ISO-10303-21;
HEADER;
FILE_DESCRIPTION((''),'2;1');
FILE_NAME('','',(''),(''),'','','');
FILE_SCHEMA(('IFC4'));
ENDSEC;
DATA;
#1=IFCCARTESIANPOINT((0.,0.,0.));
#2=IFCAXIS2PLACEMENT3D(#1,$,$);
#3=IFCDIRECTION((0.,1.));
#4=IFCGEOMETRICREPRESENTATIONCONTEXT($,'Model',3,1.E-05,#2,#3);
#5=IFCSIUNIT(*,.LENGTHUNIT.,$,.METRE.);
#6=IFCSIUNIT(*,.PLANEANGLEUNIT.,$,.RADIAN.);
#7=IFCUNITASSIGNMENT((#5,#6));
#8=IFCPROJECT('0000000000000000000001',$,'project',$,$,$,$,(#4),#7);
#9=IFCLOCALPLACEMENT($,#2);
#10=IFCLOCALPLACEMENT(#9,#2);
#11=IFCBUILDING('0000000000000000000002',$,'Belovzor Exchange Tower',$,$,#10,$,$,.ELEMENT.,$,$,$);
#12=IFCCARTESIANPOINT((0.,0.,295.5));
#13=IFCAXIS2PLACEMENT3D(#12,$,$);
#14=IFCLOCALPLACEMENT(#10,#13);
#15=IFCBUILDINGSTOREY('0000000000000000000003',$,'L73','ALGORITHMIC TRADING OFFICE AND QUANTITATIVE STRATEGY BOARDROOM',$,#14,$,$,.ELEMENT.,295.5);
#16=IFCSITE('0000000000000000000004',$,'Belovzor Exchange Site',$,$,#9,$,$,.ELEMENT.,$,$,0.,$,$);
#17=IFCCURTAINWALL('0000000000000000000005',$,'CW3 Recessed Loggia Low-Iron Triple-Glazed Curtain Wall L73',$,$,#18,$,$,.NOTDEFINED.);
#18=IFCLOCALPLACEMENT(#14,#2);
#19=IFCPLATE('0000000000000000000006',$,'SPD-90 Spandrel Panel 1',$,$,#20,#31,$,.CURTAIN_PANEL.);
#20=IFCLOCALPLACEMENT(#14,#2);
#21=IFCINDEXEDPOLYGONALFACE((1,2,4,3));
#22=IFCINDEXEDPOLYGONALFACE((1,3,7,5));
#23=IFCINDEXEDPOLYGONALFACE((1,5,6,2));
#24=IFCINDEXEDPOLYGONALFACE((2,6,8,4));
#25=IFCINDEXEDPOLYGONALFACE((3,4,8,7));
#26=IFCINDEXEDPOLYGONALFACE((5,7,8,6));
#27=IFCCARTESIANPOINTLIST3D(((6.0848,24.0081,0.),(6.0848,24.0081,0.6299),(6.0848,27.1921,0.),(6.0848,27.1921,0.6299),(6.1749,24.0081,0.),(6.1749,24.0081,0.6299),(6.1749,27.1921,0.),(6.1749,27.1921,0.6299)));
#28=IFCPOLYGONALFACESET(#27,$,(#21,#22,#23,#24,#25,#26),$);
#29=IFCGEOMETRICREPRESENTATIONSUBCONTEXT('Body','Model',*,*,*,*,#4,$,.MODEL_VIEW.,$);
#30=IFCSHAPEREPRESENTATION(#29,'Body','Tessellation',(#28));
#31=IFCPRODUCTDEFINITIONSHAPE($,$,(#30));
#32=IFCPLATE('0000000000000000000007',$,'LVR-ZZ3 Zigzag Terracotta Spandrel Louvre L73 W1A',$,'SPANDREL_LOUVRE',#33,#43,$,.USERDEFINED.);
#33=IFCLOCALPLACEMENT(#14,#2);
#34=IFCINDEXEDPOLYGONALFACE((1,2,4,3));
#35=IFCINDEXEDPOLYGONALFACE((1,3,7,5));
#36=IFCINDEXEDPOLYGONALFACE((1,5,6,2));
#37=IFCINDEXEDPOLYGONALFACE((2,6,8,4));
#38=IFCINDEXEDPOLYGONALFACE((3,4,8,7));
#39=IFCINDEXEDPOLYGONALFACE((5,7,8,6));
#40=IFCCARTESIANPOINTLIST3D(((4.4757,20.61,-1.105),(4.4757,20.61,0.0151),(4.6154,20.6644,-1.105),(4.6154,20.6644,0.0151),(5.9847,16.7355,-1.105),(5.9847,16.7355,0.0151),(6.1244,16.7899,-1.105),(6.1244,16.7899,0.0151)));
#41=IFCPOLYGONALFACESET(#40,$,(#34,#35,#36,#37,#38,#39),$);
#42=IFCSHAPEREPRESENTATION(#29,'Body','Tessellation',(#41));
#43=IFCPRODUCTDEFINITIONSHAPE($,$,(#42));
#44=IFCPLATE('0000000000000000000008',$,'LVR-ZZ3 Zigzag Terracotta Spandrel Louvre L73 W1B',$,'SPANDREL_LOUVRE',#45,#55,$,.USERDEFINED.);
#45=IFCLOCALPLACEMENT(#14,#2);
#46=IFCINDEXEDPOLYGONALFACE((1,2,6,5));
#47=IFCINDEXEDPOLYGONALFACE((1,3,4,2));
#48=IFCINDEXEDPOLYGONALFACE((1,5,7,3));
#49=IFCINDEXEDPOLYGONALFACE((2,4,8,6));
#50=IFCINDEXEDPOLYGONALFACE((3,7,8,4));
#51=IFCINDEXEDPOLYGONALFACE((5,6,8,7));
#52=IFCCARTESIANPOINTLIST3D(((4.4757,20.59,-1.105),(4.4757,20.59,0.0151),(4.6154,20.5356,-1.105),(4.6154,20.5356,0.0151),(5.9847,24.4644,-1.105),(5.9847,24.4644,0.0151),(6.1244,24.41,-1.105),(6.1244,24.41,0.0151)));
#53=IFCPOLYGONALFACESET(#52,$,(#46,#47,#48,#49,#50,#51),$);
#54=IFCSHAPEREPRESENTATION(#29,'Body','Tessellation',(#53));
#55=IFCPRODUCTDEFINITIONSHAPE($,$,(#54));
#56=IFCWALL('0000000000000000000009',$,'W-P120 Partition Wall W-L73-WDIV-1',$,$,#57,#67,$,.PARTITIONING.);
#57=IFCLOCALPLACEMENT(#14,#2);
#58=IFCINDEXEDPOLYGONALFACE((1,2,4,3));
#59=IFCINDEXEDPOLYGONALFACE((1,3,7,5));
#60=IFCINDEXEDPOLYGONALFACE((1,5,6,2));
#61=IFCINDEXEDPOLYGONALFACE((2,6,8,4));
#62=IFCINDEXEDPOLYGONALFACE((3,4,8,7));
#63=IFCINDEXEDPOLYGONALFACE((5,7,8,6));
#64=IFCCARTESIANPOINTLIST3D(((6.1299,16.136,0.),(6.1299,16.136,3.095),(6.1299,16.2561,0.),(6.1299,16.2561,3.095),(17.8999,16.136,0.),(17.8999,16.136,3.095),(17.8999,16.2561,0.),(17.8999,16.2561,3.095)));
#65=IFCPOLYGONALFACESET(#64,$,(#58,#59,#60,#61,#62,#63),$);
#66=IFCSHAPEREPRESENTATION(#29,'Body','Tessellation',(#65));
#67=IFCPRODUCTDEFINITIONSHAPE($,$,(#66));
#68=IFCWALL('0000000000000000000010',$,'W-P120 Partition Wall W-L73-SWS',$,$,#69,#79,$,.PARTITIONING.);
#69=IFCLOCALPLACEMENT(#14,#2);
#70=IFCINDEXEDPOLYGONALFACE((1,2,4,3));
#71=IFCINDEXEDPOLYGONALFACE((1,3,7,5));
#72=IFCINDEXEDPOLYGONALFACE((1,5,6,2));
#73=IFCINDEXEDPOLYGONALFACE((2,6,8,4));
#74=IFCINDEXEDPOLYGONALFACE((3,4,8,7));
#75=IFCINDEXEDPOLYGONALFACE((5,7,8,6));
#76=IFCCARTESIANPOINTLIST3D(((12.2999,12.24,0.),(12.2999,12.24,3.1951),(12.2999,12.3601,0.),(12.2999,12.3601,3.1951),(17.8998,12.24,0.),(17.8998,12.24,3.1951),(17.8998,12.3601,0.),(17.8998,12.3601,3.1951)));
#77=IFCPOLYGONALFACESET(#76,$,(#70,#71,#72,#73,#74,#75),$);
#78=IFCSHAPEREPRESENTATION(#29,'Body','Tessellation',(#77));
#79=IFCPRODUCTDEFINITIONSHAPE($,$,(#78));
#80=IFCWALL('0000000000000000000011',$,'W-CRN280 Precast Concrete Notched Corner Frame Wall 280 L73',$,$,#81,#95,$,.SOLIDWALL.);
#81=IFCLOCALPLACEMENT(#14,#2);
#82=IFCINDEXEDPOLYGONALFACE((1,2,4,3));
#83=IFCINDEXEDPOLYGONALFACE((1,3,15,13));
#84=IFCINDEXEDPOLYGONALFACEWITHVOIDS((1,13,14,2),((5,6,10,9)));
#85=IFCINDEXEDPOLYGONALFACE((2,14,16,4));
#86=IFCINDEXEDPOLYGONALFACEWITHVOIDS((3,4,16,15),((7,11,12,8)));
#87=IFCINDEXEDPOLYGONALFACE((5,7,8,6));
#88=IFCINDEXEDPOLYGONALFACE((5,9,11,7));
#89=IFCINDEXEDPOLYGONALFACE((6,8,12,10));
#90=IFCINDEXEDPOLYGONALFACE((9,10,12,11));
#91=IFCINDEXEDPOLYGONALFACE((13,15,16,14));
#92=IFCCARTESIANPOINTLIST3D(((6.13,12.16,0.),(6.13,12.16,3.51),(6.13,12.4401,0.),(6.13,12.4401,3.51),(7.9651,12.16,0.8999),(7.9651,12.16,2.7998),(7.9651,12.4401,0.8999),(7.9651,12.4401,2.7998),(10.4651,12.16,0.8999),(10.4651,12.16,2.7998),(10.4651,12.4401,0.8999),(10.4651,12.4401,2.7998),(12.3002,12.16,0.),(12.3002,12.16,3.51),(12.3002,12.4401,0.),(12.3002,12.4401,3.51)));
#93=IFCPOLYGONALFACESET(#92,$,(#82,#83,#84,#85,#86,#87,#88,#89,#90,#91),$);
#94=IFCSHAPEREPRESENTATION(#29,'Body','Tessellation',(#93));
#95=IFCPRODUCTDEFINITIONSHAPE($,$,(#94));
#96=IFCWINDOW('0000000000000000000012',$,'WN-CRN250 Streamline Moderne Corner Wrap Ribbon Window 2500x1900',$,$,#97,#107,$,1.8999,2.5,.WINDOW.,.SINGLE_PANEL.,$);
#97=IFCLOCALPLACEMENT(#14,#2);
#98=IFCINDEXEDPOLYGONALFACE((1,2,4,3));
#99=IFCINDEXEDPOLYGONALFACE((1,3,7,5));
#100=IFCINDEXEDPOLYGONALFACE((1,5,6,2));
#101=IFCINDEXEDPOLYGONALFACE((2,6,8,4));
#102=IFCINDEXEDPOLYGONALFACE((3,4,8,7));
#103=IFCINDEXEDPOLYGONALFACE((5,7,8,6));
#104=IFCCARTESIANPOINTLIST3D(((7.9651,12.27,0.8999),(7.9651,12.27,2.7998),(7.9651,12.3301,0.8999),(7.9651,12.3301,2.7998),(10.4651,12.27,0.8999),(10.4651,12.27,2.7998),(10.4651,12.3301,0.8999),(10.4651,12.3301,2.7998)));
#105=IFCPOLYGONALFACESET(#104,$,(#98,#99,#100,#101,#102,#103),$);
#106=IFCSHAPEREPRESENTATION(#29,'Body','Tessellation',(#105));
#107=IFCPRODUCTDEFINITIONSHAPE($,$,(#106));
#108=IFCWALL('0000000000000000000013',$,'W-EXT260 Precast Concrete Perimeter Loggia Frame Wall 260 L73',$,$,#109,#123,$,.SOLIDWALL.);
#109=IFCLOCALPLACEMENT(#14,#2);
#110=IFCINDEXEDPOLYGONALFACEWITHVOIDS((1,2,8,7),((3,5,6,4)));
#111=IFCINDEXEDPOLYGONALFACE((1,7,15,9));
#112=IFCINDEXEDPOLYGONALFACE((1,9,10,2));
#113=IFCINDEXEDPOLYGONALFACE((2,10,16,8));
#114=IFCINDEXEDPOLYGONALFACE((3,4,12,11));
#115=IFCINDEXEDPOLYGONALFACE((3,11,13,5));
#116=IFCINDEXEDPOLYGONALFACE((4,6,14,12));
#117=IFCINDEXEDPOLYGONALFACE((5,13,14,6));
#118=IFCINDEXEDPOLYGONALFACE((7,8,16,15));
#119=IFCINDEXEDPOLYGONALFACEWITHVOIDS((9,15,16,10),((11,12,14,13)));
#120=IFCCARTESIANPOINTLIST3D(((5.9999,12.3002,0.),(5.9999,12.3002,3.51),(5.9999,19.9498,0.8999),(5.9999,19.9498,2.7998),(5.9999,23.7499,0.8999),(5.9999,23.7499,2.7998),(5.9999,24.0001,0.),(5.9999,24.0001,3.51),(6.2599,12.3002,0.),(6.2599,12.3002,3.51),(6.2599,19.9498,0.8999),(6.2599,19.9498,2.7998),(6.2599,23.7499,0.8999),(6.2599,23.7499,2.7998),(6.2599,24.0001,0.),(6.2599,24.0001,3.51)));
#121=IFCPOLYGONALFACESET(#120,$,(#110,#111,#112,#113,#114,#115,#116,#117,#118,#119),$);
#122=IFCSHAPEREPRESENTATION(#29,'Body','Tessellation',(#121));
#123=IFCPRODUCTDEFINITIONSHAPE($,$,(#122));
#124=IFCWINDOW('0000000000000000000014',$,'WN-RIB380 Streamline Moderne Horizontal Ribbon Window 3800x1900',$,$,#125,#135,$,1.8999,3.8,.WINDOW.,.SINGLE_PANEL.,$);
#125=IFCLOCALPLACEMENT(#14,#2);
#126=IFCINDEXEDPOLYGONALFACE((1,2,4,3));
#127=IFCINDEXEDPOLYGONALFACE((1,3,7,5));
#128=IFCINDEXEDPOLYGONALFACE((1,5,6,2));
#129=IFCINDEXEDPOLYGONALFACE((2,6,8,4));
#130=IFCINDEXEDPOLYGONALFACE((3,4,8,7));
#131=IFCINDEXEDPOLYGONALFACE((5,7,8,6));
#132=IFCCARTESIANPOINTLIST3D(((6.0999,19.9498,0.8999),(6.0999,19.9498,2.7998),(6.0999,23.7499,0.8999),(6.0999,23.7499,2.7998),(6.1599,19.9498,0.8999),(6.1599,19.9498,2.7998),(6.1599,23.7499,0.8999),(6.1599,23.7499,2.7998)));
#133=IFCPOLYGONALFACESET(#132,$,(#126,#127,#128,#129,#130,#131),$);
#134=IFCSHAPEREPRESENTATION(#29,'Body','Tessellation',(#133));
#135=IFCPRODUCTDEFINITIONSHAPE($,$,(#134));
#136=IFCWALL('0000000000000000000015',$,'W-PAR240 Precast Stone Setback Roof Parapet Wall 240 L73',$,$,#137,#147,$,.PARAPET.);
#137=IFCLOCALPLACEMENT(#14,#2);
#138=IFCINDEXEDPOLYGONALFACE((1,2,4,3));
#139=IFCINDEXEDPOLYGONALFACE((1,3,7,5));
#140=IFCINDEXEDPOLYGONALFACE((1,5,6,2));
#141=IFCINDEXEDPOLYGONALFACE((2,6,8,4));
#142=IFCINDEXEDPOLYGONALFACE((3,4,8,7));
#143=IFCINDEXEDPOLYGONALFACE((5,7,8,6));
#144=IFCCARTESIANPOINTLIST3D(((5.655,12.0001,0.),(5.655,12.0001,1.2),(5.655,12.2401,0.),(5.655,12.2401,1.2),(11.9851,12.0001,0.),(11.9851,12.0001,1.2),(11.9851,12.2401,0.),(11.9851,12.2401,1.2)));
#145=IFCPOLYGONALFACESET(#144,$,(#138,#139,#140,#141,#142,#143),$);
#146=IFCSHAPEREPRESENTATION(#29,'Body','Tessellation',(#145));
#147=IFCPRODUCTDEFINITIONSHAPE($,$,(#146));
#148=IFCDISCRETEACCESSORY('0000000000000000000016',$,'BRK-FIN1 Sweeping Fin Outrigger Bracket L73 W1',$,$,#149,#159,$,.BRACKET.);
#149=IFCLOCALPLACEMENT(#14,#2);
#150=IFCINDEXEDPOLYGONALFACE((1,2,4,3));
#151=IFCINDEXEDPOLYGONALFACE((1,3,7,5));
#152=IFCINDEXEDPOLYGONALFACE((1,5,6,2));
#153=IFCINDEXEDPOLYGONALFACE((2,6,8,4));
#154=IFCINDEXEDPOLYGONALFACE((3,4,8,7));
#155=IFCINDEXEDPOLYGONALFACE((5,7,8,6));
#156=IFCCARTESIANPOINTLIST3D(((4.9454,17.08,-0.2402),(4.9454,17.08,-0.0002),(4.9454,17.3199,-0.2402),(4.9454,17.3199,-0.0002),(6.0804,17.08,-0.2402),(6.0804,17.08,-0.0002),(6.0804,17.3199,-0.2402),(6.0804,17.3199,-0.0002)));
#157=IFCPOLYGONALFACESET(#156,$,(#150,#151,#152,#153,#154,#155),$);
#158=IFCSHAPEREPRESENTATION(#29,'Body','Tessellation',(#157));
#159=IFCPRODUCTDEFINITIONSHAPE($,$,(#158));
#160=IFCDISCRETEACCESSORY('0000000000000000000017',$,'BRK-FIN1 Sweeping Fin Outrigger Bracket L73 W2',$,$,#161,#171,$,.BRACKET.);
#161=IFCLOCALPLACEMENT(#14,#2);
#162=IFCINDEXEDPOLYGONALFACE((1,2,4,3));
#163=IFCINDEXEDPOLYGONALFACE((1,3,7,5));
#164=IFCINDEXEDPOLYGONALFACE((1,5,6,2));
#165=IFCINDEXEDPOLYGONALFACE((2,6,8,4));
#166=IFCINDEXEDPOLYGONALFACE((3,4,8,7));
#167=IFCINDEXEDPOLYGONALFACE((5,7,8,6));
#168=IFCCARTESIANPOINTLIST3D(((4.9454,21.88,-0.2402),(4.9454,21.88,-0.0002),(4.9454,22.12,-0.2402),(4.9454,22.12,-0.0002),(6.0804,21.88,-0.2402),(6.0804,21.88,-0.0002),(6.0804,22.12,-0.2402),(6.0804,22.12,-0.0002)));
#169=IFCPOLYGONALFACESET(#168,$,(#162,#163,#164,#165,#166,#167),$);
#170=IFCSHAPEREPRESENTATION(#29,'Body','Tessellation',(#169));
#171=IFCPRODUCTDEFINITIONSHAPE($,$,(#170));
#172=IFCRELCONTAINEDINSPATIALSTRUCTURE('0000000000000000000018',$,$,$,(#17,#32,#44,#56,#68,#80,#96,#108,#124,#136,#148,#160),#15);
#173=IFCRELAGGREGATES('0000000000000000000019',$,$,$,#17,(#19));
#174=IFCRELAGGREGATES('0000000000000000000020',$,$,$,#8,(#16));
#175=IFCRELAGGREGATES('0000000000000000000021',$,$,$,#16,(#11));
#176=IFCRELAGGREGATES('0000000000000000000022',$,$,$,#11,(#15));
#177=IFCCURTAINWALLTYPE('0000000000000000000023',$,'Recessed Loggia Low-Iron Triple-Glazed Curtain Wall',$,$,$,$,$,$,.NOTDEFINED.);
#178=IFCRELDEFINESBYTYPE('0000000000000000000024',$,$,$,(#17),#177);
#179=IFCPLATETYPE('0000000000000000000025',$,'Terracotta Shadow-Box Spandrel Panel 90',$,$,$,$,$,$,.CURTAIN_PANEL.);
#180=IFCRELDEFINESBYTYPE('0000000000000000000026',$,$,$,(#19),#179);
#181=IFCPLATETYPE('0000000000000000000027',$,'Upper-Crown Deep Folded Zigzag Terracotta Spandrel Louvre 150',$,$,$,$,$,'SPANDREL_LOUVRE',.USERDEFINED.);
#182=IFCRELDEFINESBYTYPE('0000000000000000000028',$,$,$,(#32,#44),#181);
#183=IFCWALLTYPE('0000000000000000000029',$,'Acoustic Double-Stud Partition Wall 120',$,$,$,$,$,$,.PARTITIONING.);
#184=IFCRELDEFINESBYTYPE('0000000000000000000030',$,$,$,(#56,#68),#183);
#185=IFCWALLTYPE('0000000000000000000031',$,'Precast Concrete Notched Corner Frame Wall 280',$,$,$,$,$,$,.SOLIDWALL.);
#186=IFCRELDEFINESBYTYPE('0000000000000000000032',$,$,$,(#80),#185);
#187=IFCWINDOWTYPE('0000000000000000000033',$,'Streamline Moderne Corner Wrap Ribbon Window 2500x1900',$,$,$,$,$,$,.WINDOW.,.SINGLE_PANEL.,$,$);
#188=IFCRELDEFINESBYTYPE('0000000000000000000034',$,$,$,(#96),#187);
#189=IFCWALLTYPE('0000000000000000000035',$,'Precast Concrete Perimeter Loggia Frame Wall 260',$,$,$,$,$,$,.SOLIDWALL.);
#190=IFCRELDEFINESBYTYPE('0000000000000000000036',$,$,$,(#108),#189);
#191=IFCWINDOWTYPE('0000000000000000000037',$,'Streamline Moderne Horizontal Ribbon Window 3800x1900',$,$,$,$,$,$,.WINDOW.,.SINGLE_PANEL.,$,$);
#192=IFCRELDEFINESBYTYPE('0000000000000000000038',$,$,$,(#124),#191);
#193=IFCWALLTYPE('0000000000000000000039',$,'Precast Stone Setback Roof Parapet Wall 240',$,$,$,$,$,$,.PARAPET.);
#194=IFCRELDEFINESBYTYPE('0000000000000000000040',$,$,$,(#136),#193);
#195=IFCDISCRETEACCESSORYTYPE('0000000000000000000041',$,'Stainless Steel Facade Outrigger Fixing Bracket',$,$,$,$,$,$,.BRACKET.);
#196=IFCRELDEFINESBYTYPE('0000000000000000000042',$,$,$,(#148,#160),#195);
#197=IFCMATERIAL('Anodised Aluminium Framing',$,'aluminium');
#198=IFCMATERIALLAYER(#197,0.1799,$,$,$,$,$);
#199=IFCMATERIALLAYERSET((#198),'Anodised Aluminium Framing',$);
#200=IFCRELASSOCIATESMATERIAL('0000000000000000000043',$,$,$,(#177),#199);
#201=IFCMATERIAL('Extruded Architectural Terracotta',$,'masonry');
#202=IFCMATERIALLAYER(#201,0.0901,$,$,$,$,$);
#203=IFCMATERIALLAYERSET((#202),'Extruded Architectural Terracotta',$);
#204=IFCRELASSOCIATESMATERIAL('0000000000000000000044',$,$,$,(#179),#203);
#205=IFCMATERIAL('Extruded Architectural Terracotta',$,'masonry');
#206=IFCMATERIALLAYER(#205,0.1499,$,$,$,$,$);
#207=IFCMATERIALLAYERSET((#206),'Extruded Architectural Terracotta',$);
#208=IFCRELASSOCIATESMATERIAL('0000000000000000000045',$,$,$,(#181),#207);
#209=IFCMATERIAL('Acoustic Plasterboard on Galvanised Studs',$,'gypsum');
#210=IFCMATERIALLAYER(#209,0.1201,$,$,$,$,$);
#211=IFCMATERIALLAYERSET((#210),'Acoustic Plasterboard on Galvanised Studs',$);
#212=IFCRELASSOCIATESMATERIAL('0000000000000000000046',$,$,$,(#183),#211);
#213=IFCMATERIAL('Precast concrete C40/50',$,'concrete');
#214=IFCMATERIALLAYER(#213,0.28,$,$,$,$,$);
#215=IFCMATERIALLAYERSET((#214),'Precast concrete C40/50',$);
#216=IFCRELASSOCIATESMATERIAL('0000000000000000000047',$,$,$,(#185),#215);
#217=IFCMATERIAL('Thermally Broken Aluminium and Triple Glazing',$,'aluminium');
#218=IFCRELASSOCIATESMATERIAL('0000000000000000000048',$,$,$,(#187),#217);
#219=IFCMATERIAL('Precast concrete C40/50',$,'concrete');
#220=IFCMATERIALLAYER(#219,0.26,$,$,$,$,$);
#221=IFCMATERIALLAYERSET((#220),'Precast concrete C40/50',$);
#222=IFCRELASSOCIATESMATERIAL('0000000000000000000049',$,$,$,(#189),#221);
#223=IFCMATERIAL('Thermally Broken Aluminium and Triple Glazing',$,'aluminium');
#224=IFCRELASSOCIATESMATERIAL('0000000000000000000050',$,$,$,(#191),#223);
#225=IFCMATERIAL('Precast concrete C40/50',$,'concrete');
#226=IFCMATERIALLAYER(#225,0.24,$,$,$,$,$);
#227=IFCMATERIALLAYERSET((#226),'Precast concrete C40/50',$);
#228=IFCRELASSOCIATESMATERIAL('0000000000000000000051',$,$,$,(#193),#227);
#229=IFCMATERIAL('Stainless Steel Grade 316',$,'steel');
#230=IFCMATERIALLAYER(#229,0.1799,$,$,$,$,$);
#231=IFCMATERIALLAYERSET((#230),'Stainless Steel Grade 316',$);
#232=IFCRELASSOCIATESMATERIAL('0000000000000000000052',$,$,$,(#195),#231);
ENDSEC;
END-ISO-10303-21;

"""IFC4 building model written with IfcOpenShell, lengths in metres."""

from ifc_helpers import new_model, si_unit, direction, frame, frame_2d, origin, origin_2d, place, context, subcontext, project, spatial, rectangle, extrude, material, layer, layer_set, type_object, element, fill, aggregate, save


model = new_model("IFC4")

# Units and contexts
model_context = context("Model", 3, precision=1e-05, world=origin(), true_north=direction((0.0, 1.0)))
body_context = subcontext(model_context, "Body", "Model", "MODEL_VIEW")
ifc_project = project(units=[si_unit("LENGTHUNIT", "METRE"), si_unit("PLANEANGLEUNIT", "RADIAN")], contexts=[model_context])

# Site, building, storey
site_placement = place(None, origin())
site = spatial("IfcSite", under=ifc_project, at=site_placement, Name="Belovzor Exchange Site", CompositionType="ELEMENT", RefElevation=0.0)
building_placement = place(site_placement, origin())
building = spatial("IfcBuilding", under=site, at=building_placement, Name="Belovzor Exchange Tower", CompositionType="ELEMENT")
storey_placement = place(building_placement, frame((0.0, 0.0, 295.5)))
storey = spatial("IfcBuildingStorey", under=building, at=storey_placement, Name="L73", Description="ALGORITHMIC TRADING OFFICE AND QUANTITATIVE STRATEGY BOARDROOM", CompositionType="ELEMENT", Elevation=295.5)

# Curtain wall
ifc_material_1 = material(Name="Anodised Aluminium Framing", Category="aluminium")
ifc_layer_1 = layer(ifc_material_1, 0.1799)
ifc_layer_set_1 = layer_set([ifc_layer_1], Name="Anodised Aluminium Framing")
curtain_wall_type_1 = type_object("IfcCurtainWallType", Name="Recessed Loggia Low-Iron Triple-Glazed Curtain Wall", PredefinedType="NOTDEFINED", material=ifc_layer_set_1)
curtain_wall_1_placement = place(storey_placement, origin())
curtain_wall_1 = element("IfcCurtainWall", 1, at=curtain_wall_1_placement, inside=storey, type_object=curtain_wall_type_1, Name="CW3 Recessed Loggia Low-Iron Triple-Glazed Curtain Wall L73", PredefinedType="NOTDEFINED")

# Plate
ifc_material_2 = material(Name="Extruded Architectural Terracotta", Category="masonry")
ifc_layer_2 = layer(ifc_material_2, 0.0901)
ifc_layer_set_2 = layer_set([ifc_layer_2], Name="Extruded Architectural Terracotta")
plate_type_1 = type_object("IfcPlateType", Name="Terracotta Shadow-Box Spandrel Panel 90", PredefinedType="CURTAIN_PANEL", material=ifc_layer_set_2)
plate_1_placement = place(storey_placement, frame((6.1299, 25.6001, 0.0), z_axis=(0.0, 0.0, 1.0), x_axis=(0.0, 1.0, 0.0)))
plate_1 = element("IfcPlate", 2, at=plate_1_placement, type_object=plate_type_1, Name="SPD-90 Spandrel Panel 1", PredefinedType="CURTAIN_PANEL", context=body_context, shape_type="SweptSolid", body=[
    extrude(rectangle(XDim=3.1841, YDim=0.0901, at=origin_2d()), origin(), (0.0, 0.0, 1.0), 0.6299),
])
aggregate(curtain_wall_1, [plate_1])

# Plates
ifc_material_3 = material(Name="Extruded Architectural Terracotta", Category="masonry")
ifc_layer_3 = layer(ifc_material_3, 0.1499)
ifc_layer_set_3 = layer_set([ifc_layer_3], Name="Extruded Architectural Terracotta")
plate_type_2 = type_object("IfcPlateType", Name="Upper-Crown Deep Folded Zigzag Terracotta Spandrel Louvre 150", ElementType="SPANDREL_LOUVRE", PredefinedType="USERDEFINED", material=ifc_layer_set_3)
for number, where, z_axis, x_axis, name in (
    (3, (5.3, 18.7, -1.105), (0.0, 0.0, 1.0), (-0.362926, 0.931818, 0.0), "LVR-ZZ3 Zigzag Terracotta Spandrel Louvre L73 W1A"),
    (4, (5.3, 22.5, -1.105), (0.0, 0.0, 1.0), (0.362926, 0.931818, 0.0), "LVR-ZZ3 Zigzag Terracotta Spandrel Louvre L73 W1B"),
):
    element("IfcPlate", number, at=place(storey_placement, frame(where, z_axis=z_axis, x_axis=x_axis)), inside=storey, type_object=plate_type_2, Name=name, ObjectType="SPANDREL_LOUVRE", PredefinedType="USERDEFINED", context=body_context, shape_type="SweptSolid", body=[
        extrude(rectangle(XDim=4.158, YDim=0.1499, at=origin_2d()), origin(), (0.0, 0.0, 1.0), 1.1201),
    ])

# Walls
ifc_material_4 = material(Name="Acoustic Plasterboard on Galvanised Studs", Category="gypsum")
ifc_layer_4 = layer(ifc_material_4, 0.1201)
ifc_layer_set_4 = layer_set([ifc_layer_4], Name="Acoustic Plasterboard on Galvanised Studs")
wall_type_1 = type_object("IfcWallType", Name="Acoustic Double-Stud Partition Wall 120", PredefinedType="PARTITIONING", material=ifc_layer_set_4)
wall_1_placement = place(storey_placement, frame((6.1299, 16.196, 0.0), z_axis=(0.0, 0.0, 1.0), x_axis=(1.0, 0.0, 0.0)))
element("IfcWall", 5, at=wall_1_placement, inside=storey, type_object=wall_type_1, Name="W-P120 Partition Wall W-L73-WDIV-1", PredefinedType="PARTITIONING", context=body_context, shape_type="SweptSolid", body=[
    extrude(rectangle(XDim=11.77, YDim=0.1201, at=frame_2d((5.885, 0.0))), origin(), (0.0, 0.0, 1.0), 3.095),
])
wall_2_placement = place(storey_placement, frame((12.3, 12.3, 0.0), z_axis=(0.0, 0.0, 1.0), x_axis=(1.0, 0.0, 0.0)))
element("IfcWall", 6, at=wall_2_placement, inside=storey, type_object=wall_type_1, Name="W-P120 Partition Wall W-L73-SWS", PredefinedType="PARTITIONING", context=body_context, shape_type="SweptSolid", body=[
    extrude(rectangle(XDim=5.5999, YDim=0.1201, at=frame_2d((2.7998, 0.0))), origin(), (0.0, 0.0, 1.0), 3.1951),
])

# Walls, openings, windows
ifc_material_5 = material(Name="Precast concrete C40/50", Category="concrete")
ifc_layer_5 = layer(ifc_material_5, 0.28)
ifc_layer_set_5 = layer_set([ifc_layer_5], Name="Precast concrete C40/50")
wall_type_2 = type_object("IfcWallType", Name="Precast Concrete Notched Corner Frame Wall 280", PredefinedType="SOLIDWALL", material=ifc_layer_set_5)
wall_3_placement = place(storey_placement, frame((12.3, 12.3, 0.0), z_axis=(0.0, 0.0, 1.0), x_axis=(-1.0, 0.0, 0.0)))
wall_3 = element("IfcWall", 7, at=wall_3_placement, inside=storey, type_object=wall_type_2, Name="W-CRN280 Precast Concrete Notched Corner Frame Wall 280 L73", PredefinedType="SOLIDWALL", context=body_context, shape_type="SweptSolid", body=[
    extrude(rectangle(XDim=6.1702, YDim=0.28, at=frame_2d((3.085, 0.0))), origin(), (0.0, 0.0, 1.0), 3.51),
])
opening_1_placement = place(wall_3_placement, frame((1.835, 0.0, 0.8999)))
opening_1 = element("IfcOpeningElement", 8, at=opening_1_placement, cuts=wall_3, PredefinedType="OPENING", context=body_context, shape_type="SweptSolid", body=[
    extrude(rectangle(XDim=2.5, YDim=1.8999, at=frame_2d((1.25, 0.95))), frame((0.0, 0.1499, 0.0), z_axis=(0.0, -1.0, 0.0), x_axis=(1.0, 0.0, 0.0)), (0.0, 0.0, 1.0), 0.3),
])
ifc_material_6 = material(Name="Thermally Broken Aluminium and Triple Glazing", Category="aluminium")
window_type_1 = type_object("IfcWindowType", Name="Streamline Moderne Corner Wrap Ribbon Window 2500x1900", PartitioningType="SINGLE_PANEL", PredefinedType="WINDOW", material=ifc_material_6)
window_1_placement = place(opening_1_placement, origin())
window_1 = element("IfcWindow", 9, at=window_1_placement, inside=storey, type_object=window_type_1, Name="WN-CRN250 Streamline Moderne Corner Wrap Ribbon Window 2500x1900", OverallHeight=1.8999, OverallWidth=2.5, PartitioningType="SINGLE_PANEL", PredefinedType="WINDOW", context=body_context, shape_type="SweptSolid", body=[
    extrude(rectangle(XDim=2.5, YDim=1.8999, at=frame_2d((1.25, 0.95))), frame((0.0, 0.03, 0.0), z_axis=(0.0, -1.0, 0.0), x_axis=(1.0, 0.0, 0.0)), (0.0, 0.0, 1.0), 0.0601),
])
fill(opening_1, window_1)
ifc_material_7 = material(Name="Precast concrete C40/50", Category="concrete")
ifc_layer_6 = layer(ifc_material_7, 0.26)
ifc_layer_set_6 = layer_set([ifc_layer_6], Name="Precast concrete C40/50")
wall_type_3 = type_object("IfcWallType", Name="Precast Concrete Perimeter Loggia Frame Wall 260", PredefinedType="SOLIDWALL", material=ifc_layer_set_6)
wall_4_placement = place(storey_placement, frame((6.1299, 12.3, 0.0), z_axis=(0.0, 0.0, 1.0), x_axis=(0.0, 1.0, 0.0)))
wall_4 = element("IfcWall", 10, at=wall_4_placement, inside=storey, type_object=wall_type_3, Name="W-EXT260 Precast Concrete Perimeter Loggia Frame Wall 260 L73", PredefinedType="SOLIDWALL", context=body_context, shape_type="SweptSolid", body=[
    extrude(rectangle(XDim=11.7, YDim=0.26, at=frame_2d((5.8501, 0.0))), origin(), (0.0, 0.0, 1.0), 3.51),
])
opening_2_placement = place(wall_4_placement, frame((7.6499, 0.0, 0.8999)))
opening_2 = element("IfcOpeningElement", 11, at=opening_2_placement, cuts=wall_4, PredefinedType="OPENING", context=body_context, shape_type="SweptSolid", body=[
    extrude(rectangle(XDim=3.8, YDim=1.8999, at=frame_2d((1.8999, 0.95))), frame((0.0, 0.1399, 0.0), z_axis=(0.0, -1.0, 0.0), x_axis=(1.0, 0.0, 0.0)), (0.0, 0.0, 1.0), 0.28),
])
ifc_material_8 = material(Name="Thermally Broken Aluminium and Triple Glazing", Category="aluminium")
window_type_2 = type_object("IfcWindowType", Name="Streamline Moderne Horizontal Ribbon Window 3800x1900", PartitioningType="SINGLE_PANEL", PredefinedType="WINDOW", material=ifc_material_8)
window_2_placement = place(opening_2_placement, origin())
window_2 = element("IfcWindow", 12, at=window_2_placement, inside=storey, type_object=window_type_2, Name="WN-RIB380 Streamline Moderne Horizontal Ribbon Window 3800x1900", OverallHeight=1.8999, OverallWidth=3.8, PartitioningType="SINGLE_PANEL", PredefinedType="WINDOW", context=body_context, shape_type="SweptSolid", body=[
    extrude(rectangle(XDim=3.8, YDim=1.8999, at=frame_2d((1.8999, 0.95))), frame((0.0, 0.03, 0.0), z_axis=(0.0, -1.0, 0.0), x_axis=(1.0, 0.0, 0.0)), (0.0, 0.0, 1.0), 0.0601),
])
fill(opening_2, window_2)

# Wall
ifc_material_9 = material(Name="Precast concrete C40/50", Category="concrete")
ifc_layer_7 = layer(ifc_material_9, 0.24)
ifc_layer_set_7 = layer_set([ifc_layer_7], Name="Precast concrete C40/50")
wall_type_4 = type_object("IfcWallType", Name="Precast Stone Setback Roof Parapet Wall 240", PredefinedType="PARAPET", material=ifc_layer_set_7)
wall_5_placement = place(storey_placement, frame((5.655, 12.1201, 0.0), z_axis=(0.0, 0.0, 1.0), x_axis=(1.0, 0.0, 0.0)))
element("IfcWall", 13, at=wall_5_placement, inside=storey, type_object=wall_type_4, Name="W-PAR240 Precast Stone Setback Roof Parapet Wall 240 L73", PredefinedType="PARAPET", context=body_context, shape_type="SweptSolid", body=[
    extrude(rectangle(XDim=6.3301, YDim=0.24, at=frame_2d((3.165, 0.0))), origin(), (0.0, 0.0, 1.0), 1.2),
])

# Discrete accessories
ifc_material_10 = material(Name="Stainless Steel Grade 316", Category="steel")
ifc_layer_8 = layer(ifc_material_10, 0.1799)
ifc_layer_set_8 = layer_set([ifc_layer_8], Name="Stainless Steel Grade 316")
discrete_accessory_type = type_object("IfcDiscreteAccessoryType", Name="Stainless Steel Facade Outrigger Fixing Bracket", PredefinedType="BRACKET", material=ifc_layer_set_8)
for number, where, z_axis, x_axis, name in (
    (14, (5.5129, 17.2, -0.2402), (0.0, 0.0, 1.0), (1.0, 0.0, 0.0), "BRK-FIN1 Sweeping Fin Outrigger Bracket L73 W1"),
    (15, (5.5129, 22.0, -0.2402), (0.0, 0.0, 1.0), (1.0, 0.0, 0.0), "BRK-FIN1 Sweeping Fin Outrigger Bracket L73 W2"),
):
    element("IfcDiscreteAccessory", number, at=place(storey_placement, frame(where, z_axis=z_axis, x_axis=x_axis)), inside=storey, type_object=discrete_accessory_type, Name=name, PredefinedType="BRACKET", context=body_context, shape_type="SweptSolid", body=[
        extrude(rectangle(XDim=1.135, YDim=0.24, at=origin_2d()), origin(), (0.0, 0.0, 1.0), 0.24),
    ])

save(model, "model.ifc")
